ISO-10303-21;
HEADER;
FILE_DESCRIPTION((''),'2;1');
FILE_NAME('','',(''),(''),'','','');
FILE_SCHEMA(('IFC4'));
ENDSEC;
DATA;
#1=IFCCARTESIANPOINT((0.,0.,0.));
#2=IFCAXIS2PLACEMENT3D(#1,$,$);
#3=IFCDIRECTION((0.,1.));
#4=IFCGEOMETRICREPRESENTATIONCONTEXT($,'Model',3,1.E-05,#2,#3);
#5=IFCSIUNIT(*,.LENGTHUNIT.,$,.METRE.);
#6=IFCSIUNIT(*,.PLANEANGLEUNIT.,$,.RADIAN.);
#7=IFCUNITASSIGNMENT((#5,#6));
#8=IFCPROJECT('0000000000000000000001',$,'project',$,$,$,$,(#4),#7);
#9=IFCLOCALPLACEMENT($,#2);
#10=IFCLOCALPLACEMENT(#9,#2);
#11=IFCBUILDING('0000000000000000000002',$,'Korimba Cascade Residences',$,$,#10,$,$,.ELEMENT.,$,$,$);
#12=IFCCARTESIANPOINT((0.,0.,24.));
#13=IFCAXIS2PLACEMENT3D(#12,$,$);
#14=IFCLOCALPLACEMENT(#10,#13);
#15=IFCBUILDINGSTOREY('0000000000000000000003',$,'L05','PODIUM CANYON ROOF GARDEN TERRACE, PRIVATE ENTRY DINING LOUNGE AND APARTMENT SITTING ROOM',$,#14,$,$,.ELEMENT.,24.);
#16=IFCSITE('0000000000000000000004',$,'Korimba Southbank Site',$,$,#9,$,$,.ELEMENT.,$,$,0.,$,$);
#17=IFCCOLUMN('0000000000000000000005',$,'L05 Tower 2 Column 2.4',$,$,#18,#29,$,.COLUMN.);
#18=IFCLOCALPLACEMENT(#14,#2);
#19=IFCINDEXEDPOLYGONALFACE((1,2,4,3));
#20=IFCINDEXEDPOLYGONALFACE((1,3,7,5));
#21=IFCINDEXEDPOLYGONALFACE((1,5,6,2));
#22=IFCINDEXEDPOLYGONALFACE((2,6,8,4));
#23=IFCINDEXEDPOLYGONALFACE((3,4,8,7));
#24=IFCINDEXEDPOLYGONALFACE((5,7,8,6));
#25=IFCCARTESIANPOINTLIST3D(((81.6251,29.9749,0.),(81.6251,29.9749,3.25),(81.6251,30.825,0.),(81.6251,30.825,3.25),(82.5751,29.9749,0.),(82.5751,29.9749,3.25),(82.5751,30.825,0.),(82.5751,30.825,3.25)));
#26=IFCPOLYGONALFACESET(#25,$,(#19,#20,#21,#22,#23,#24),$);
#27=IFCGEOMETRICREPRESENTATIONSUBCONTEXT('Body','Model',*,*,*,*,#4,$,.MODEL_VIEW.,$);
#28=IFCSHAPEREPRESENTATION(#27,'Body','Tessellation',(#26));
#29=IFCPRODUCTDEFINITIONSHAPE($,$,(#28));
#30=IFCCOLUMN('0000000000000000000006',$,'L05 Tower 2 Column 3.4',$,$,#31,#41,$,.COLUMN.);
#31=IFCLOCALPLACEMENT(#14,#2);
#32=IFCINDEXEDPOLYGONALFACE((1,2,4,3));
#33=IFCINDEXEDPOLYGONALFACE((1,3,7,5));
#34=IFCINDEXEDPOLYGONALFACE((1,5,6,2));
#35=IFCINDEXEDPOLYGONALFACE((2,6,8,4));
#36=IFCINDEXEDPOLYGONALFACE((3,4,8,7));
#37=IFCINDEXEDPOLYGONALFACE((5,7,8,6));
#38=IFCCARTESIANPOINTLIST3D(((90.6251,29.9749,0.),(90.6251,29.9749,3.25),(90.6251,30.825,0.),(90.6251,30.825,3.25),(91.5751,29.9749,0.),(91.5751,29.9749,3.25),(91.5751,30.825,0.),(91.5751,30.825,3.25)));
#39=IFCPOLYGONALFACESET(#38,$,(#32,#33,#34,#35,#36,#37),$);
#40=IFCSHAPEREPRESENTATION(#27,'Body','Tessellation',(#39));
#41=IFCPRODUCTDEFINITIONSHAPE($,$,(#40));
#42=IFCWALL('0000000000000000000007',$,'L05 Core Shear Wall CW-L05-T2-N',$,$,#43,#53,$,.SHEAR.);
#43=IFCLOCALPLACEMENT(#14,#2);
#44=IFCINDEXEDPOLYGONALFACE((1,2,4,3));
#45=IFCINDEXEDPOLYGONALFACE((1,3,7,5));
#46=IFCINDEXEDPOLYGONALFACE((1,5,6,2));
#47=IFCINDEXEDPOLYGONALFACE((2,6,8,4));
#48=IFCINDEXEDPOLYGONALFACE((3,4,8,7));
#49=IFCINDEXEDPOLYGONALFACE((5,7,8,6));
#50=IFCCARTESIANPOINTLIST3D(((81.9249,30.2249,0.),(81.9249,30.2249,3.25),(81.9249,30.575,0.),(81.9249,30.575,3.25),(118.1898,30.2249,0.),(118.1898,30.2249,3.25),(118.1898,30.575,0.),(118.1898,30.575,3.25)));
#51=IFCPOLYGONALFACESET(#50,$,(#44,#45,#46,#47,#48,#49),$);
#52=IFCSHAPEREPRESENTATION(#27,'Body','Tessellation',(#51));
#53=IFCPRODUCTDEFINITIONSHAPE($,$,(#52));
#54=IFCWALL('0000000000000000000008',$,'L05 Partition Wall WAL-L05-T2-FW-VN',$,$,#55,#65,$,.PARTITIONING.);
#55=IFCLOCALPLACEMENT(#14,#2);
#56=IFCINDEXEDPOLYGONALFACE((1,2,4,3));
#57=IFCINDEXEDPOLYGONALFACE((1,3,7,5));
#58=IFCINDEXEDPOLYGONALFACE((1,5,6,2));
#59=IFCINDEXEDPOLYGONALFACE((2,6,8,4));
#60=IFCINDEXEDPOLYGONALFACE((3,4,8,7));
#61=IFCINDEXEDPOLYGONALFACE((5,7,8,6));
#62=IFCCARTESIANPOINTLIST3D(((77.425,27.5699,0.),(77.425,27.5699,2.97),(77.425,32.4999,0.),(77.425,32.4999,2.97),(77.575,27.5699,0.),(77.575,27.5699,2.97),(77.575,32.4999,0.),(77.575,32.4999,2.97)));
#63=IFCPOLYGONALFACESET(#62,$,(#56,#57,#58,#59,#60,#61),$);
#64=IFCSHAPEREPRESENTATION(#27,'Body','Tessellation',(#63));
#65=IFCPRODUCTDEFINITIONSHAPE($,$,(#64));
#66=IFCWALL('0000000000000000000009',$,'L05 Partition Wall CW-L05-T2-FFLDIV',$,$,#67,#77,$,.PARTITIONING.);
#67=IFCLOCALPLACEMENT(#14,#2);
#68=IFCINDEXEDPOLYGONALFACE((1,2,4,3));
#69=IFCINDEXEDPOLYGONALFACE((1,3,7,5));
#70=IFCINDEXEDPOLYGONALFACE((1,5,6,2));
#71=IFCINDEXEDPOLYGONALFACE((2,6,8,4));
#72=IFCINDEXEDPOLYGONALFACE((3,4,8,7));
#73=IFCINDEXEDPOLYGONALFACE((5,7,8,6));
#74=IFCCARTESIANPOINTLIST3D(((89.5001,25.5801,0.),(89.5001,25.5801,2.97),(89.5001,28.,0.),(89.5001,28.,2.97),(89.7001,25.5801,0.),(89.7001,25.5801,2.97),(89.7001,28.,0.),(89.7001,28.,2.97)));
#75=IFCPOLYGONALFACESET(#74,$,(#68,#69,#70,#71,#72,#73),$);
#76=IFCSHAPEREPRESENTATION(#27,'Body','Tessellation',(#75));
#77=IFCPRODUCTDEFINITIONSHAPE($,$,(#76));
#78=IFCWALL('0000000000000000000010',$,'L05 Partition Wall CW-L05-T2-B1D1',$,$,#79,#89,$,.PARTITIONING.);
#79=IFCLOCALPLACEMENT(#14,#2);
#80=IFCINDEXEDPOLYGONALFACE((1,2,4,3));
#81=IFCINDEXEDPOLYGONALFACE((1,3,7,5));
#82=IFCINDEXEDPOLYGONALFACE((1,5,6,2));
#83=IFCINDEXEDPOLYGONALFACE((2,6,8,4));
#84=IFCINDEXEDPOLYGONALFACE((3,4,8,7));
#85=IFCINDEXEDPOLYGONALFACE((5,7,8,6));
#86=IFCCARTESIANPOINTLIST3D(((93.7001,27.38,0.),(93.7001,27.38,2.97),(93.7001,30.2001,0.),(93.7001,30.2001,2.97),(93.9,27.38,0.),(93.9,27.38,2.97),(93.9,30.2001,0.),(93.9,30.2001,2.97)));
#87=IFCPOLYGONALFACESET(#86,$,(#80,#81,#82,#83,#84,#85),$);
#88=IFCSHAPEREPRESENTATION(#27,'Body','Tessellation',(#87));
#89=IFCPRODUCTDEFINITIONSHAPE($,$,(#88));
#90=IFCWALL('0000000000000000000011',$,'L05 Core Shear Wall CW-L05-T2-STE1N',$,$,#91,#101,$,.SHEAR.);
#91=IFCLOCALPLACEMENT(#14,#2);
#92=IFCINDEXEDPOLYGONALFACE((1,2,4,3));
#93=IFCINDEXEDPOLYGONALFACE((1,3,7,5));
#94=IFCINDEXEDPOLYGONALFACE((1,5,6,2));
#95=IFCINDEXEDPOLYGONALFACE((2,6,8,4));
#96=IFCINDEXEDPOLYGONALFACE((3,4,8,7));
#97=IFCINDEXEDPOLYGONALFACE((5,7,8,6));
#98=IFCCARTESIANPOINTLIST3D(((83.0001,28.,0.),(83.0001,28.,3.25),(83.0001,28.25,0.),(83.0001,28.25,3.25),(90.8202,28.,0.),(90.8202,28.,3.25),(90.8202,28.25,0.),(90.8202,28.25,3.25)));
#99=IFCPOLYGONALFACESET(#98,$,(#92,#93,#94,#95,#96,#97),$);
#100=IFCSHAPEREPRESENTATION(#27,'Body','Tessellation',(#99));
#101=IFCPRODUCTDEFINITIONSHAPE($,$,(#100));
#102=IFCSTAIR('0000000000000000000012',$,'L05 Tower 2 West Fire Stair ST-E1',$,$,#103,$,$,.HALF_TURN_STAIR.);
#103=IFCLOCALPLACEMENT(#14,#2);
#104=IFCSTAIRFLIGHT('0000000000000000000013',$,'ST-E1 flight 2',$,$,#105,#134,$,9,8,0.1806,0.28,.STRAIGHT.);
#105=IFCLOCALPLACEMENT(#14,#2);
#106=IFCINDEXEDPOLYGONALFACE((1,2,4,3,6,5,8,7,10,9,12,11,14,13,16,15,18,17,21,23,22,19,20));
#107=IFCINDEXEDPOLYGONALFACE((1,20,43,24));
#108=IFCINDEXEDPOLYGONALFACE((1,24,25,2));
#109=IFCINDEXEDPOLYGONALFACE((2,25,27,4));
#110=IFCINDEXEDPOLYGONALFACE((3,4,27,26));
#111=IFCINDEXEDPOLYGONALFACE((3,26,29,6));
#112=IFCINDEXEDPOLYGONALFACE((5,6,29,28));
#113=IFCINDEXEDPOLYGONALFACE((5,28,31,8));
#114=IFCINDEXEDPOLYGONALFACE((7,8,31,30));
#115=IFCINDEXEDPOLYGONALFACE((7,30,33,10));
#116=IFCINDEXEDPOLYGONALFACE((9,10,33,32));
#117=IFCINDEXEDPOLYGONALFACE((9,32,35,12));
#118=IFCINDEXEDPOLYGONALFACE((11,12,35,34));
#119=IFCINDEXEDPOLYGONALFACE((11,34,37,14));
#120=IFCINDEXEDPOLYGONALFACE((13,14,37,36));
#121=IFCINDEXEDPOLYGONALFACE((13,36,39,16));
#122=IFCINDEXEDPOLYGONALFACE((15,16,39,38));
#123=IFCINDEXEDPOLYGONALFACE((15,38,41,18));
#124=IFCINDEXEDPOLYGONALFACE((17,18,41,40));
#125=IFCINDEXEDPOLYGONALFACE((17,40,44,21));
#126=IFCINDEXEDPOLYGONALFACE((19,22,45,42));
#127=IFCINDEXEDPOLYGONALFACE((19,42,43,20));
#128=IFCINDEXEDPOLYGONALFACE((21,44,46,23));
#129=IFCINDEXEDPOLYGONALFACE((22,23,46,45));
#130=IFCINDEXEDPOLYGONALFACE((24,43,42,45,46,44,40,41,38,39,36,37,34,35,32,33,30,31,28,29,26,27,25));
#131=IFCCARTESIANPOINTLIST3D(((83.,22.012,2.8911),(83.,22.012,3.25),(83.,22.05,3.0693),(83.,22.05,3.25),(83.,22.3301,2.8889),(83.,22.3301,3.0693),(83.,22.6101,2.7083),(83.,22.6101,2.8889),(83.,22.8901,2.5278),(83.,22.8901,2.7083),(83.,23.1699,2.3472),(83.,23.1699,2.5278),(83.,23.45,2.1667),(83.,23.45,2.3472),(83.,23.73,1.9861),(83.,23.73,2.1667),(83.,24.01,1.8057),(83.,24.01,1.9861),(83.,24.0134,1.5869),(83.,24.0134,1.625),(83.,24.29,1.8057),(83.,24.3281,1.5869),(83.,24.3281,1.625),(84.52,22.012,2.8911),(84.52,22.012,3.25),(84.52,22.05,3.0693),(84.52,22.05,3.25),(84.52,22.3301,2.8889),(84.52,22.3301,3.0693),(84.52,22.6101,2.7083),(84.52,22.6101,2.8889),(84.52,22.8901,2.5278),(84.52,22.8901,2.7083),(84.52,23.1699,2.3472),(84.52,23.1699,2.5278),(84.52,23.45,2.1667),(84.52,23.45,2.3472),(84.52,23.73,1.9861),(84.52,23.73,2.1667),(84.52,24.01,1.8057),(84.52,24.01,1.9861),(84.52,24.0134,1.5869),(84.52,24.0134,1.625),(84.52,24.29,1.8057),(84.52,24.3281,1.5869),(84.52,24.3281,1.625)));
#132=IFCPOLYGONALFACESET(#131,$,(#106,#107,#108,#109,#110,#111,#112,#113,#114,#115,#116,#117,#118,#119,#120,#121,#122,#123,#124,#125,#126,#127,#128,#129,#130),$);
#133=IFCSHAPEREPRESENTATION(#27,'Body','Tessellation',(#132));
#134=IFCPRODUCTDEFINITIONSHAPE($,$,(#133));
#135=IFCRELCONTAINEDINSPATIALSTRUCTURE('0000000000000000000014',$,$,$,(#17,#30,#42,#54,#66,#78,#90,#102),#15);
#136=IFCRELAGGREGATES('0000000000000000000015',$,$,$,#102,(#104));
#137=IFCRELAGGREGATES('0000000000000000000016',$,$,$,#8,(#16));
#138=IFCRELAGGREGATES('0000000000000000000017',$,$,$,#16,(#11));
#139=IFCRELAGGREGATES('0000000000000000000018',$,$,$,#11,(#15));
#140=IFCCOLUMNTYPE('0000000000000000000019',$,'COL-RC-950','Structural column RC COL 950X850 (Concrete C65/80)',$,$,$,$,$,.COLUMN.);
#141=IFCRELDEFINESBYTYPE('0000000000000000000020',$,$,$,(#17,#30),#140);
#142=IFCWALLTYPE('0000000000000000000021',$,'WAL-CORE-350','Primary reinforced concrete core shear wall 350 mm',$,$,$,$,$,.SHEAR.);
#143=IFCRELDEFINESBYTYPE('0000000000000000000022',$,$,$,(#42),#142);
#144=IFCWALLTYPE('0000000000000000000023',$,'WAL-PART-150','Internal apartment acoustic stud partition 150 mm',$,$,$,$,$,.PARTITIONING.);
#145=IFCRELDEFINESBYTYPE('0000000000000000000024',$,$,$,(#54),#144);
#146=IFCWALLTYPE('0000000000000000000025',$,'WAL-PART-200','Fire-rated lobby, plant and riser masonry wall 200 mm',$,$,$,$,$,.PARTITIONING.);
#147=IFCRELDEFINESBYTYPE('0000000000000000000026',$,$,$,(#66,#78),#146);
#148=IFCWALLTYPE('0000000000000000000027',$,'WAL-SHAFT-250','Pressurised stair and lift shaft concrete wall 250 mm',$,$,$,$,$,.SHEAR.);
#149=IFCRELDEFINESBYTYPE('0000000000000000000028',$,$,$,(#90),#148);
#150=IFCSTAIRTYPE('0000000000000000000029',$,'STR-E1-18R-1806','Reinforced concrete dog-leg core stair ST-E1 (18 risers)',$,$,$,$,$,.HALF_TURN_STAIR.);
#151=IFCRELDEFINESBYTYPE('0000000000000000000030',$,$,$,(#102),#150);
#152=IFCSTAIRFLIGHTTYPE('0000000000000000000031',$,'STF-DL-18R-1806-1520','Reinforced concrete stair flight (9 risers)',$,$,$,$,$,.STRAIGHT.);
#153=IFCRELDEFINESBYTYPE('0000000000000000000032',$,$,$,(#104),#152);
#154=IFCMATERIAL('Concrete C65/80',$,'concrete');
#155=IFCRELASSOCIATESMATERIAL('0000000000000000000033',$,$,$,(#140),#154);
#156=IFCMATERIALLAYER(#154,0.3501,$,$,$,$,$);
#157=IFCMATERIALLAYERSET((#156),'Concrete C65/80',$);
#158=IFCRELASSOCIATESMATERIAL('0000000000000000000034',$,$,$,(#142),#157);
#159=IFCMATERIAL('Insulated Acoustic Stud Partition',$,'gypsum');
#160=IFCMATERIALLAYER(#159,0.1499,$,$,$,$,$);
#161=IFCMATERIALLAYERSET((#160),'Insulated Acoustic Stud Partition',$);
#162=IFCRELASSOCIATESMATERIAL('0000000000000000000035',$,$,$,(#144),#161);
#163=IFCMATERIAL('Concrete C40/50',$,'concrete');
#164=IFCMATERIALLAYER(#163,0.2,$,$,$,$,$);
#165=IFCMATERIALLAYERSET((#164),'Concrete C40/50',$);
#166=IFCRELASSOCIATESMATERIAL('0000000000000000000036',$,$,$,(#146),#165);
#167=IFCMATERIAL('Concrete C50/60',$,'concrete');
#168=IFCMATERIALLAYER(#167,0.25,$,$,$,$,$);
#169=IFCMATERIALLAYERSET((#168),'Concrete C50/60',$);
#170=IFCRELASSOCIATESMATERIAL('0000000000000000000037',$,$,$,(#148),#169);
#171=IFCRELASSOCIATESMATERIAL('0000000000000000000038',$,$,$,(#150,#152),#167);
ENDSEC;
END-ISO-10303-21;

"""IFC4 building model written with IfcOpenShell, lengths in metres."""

from ifc_helpers import new_model, si_unit, direction, frame, frame_2d, origin, origin_2d, place, context, subcontext, project, spatial, polyline, rectangle, outline, extrude, material, layer, layer_set, material_profile, profile_set, type_object, element, aggregate, save


model = new_model("IFC4")

# Units and contexts
model_context = context("Model", 3, precision=1e-05, world=origin(), true_north=direction((0.0, 1.0)))
body_context = subcontext(model_context, "Body", "Model", "MODEL_VIEW")
ifc_project = project(units=[si_unit("LENGTHUNIT", "METRE"), si_unit("PLANEANGLEUNIT", "RADIAN")], contexts=[model_context])

# Site, building, storey
site_placement = place(None, origin())
site = spatial("IfcSite", under=ifc_project, at=site_placement, Name="Korimba Southbank Site", CompositionType="ELEMENT", RefElevation=0.0)
building_placement = place(site_placement, origin())
building = spatial("IfcBuilding", under=site, at=building_placement, Name="Korimba Cascade Residences", CompositionType="ELEMENT")
storey_placement = place(building_placement, frame((0.0, 0.0, 24.0)))
storey = spatial("IfcBuildingStorey", under=building, at=storey_placement, Name="L05", Description="PODIUM CANYON ROOF GARDEN TERRACE, PRIVATE ENTRY DINING LOUNGE AND APARTMENT SITTING ROOM", CompositionType="ELEMENT", Elevation=24.0)

# Columns
ifc_material_1 = material(Name="Concrete C65/80", Category="concrete")
ifc_material_profile = material_profile(ifc_material_1, rectangle(XDim=0.95, YDim=0.8501, at=origin_2d()), Name="Concrete C65/80")
ifc_profile_set = profile_set([ifc_material_profile], Name="Concrete C65/80")
column_type = type_object("IfcColumnType", Name="COL-RC-950", Description="Structural column RC COL 950X850 (Concrete C65/80)", PredefinedType="COLUMN", material=ifc_profile_set)
for number, where, z_axis, x_axis, name in (
    (1, (82.1001, 30.3999, 0.0), (0.0, 0.0, 1.0), (1.0, 0.0, 0.0), "L05 Tower 2 Column 2.4"),
    (2, (91.1001, 30.3999, 0.0), (0.0, 0.0, 1.0), (1.0, 0.0, 0.0), "L05 Tower 2 Column 3.4"),
):
    element("IfcColumn", number, at=place(storey_placement, frame(where, z_axis=z_axis, x_axis=x_axis)), inside=storey, type_object=column_type, Name=name, PredefinedType="COLUMN", context=body_context, shape_type="SweptSolid", body=[
        extrude(rectangle(XDim=0.95, YDim=0.8501, at=origin_2d()), origin(), (0.0, 0.0, 1.0), 3.25),
    ])

# Walls
ifc_layer_1 = layer(ifc_material_1, 0.3501)
ifc_layer_set_1 = layer_set([ifc_layer_1], Name="Concrete C65/80")
wall_type_1 = type_object("IfcWallType", Name="WAL-CORE-350", Description="Primary reinforced concrete core shear wall 350 mm", PredefinedType="SHEAR", material=ifc_layer_set_1)
wall_1_placement = place(storey_placement, frame((81.925, 30.3999, 0.0), z_axis=(0.0, 0.0, 1.0), x_axis=(1.0, 0.0, 0.0)))
element("IfcWall", 3, at=wall_1_placement, inside=storey, type_object=wall_type_1, Name="L05 Core Shear Wall CW-L05-T2-N", PredefinedType="SHEAR", context=body_context, shape_type="SweptSolid", body=[
    extrude(rectangle(XDim=36.2649, YDim=0.3501, at=frame_2d((18.1323, 0.0))), origin(), (0.0, 0.0, 1.0), 3.25),
])
ifc_material_2 = material(Name="Insulated Acoustic Stud Partition", Category="gypsum")
ifc_layer_2 = layer(ifc_material_2, 0.1499)
ifc_layer_set_2 = layer_set([ifc_layer_2], Name="Insulated Acoustic Stud Partition")
wall_type_2 = type_object("IfcWallType", Name="WAL-PART-150", Description="Internal apartment acoustic stud partition 150 mm", PredefinedType="PARTITIONING", material=ifc_layer_set_2)
wall_2_placement = place(storey_placement, frame((77.5, 27.5701, 0.0), z_axis=(0.0, 0.0, 1.0), x_axis=(0.0, 1.0, 0.0)))
element("IfcWall", 4, at=wall_2_placement, inside=storey, type_object=wall_type_2, Name="L05 Partition Wall WAL-L05-T2-FW-VN", PredefinedType="PARTITIONING", context=body_context, shape_type="SweptSolid", body=[
    extrude(rectangle(XDim=4.9299, YDim=0.1499, at=frame_2d((2.4648, 0.0))), origin(), (0.0, 0.0, 1.0), 2.97),
])
ifc_material_3 = material(Name="Concrete C40/50", Category="concrete")
ifc_layer_3 = layer(ifc_material_3, 0.2)
ifc_layer_set_3 = layer_set([ifc_layer_3], Name="Concrete C40/50")
wall_type_3 = type_object("IfcWallType", Name="WAL-PART-200", Description="Fire-rated lobby, plant and riser masonry wall 200 mm", PredefinedType="PARTITIONING", material=ifc_layer_set_3)
wall_3_placement = place(storey_placement, frame((89.6001, 25.5801, 0.0), z_axis=(0.0, 0.0, 1.0), x_axis=(0.0, 1.0, 0.0)))
element("IfcWall", 5, at=wall_3_placement, inside=storey, type_object=wall_type_3, Name="L05 Partition Wall CW-L05-T2-FFLDIV", PredefinedType="PARTITIONING", context=body_context, shape_type="SweptSolid", body=[
    extrude(rectangle(XDim=2.4199, YDim=0.2, at=frame_2d((1.21, 0.0))), origin(), (0.0, 0.0, 1.0), 2.97),
])
wall_4_placement = place(storey_placement, frame((93.8, 27.3799, 0.0), z_axis=(0.0, 0.0, 1.0), x_axis=(0.0, 1.0, 0.0)))
element("IfcWall", 6, at=wall_4_placement, inside=storey, type_object=wall_type_3, Name="L05 Partition Wall CW-L05-T2-B1D1", PredefinedType="PARTITIONING", context=body_context, shape_type="SweptSolid", body=[
    extrude(rectangle(XDim=2.8201, YDim=0.2, at=frame_2d((1.4102, 0.0))), origin(), (0.0, 0.0, 1.0), 2.97),
])
ifc_material_4 = material(Name="Concrete C50/60", Category="concrete")
ifc_layer_4 = layer(ifc_material_4, 0.25)
ifc_layer_set_4 = layer_set([ifc_layer_4], Name="Concrete C50/60")
wall_type_4 = type_object("IfcWallType", Name="WAL-SHAFT-250", Description="Pressurised stair and lift shaft concrete wall 250 mm", PredefinedType="SHEAR", material=ifc_layer_set_4)
wall_5_placement = place(storey_placement, frame((83.0, 28.125, 0.0), z_axis=(0.0, 0.0, 1.0), x_axis=(1.0, 0.0, 0.0)))
element("IfcWall", 7, at=wall_5_placement, inside=storey, type_object=wall_type_4, Name="L05 Core Shear Wall CW-L05-T2-STE1N", PredefinedType="SHEAR", context=body_context, shape_type="SweptSolid", body=[
    extrude(rectangle(XDim=7.8201, YDim=0.25, at=frame_2d((3.9102, 0.0))), origin(), (0.0, 0.0, 1.0), 3.25),
])

# Stair, stair flight
stair_type = type_object("IfcStairType", Name="STR-E1-18R-1806", Description="Reinforced concrete dog-leg core stair ST-E1 (18 risers)", PredefinedType="HALF_TURN_STAIR", material=ifc_material_4)
stair_placement = place(storey_placement, origin())
stair = element("IfcStair", 8, at=stair_placement, inside=storey, type_object=stair_type, Name="L05 Tower 2 West Fire Stair ST-E1", PredefinedType="HALF_TURN_STAIR")
stair_flight_type = type_object("IfcStairFlightType", Name="STF-DL-18R-1806-1520", Description="Reinforced concrete stair flight (9 risers)", PredefinedType="STRAIGHT", material=ifc_material_4)
stair_flight_placement = place(storey_placement, frame((83.76, 24.29, 1.625), z_axis=(0.0, 0.0, 1.0), x_axis=(0.0, -1.0, 0.0)))
stair_flight = element("IfcStairFlight", 9, at=stair_flight_placement, type_object=stair_flight_type, Name="ST-E1 flight 2", NumberOfRisers=9, NumberOfTreads=8, PredefinedType="STRAIGHT", RiserHeight=0.1806, TreadLength=0.28, context=body_context, shape_type="SweptSolid", body=[
    extrude(outline(polyline([(-0.0381, 0.0), (0.0, 0.1807), (0.28, 0.1807), (0.28, 0.3611), (0.5601, 0.3611), (0.5601, 0.5417), (0.8401, 0.5417), (0.8401, 0.7222), (1.1201, 0.7222), (1.1201, 0.9028), (1.3999, 0.9028), (1.3999, 1.0833), (1.6799, 1.0833), (1.6799, 1.2639), (1.96, 1.2639), (1.96, 1.4443), (2.24, 1.4443), (2.24, 1.625), (2.2781, 1.625), (2.2781, 1.2661), (0.2766, 0.0), (0.2766, -0.0381), (-0.0381, -0.0381), (-0.0381, 0.0)])), frame((0.0, 0.76, 0.0), z_axis=(0.0, -1.0, 0.0), x_axis=(1.0, 0.0, 0.0)), (0.0, 0.0, 1.0), 1.52),
])
aggregate(stair, [stair_flight])

save(model, "model.ifc")
